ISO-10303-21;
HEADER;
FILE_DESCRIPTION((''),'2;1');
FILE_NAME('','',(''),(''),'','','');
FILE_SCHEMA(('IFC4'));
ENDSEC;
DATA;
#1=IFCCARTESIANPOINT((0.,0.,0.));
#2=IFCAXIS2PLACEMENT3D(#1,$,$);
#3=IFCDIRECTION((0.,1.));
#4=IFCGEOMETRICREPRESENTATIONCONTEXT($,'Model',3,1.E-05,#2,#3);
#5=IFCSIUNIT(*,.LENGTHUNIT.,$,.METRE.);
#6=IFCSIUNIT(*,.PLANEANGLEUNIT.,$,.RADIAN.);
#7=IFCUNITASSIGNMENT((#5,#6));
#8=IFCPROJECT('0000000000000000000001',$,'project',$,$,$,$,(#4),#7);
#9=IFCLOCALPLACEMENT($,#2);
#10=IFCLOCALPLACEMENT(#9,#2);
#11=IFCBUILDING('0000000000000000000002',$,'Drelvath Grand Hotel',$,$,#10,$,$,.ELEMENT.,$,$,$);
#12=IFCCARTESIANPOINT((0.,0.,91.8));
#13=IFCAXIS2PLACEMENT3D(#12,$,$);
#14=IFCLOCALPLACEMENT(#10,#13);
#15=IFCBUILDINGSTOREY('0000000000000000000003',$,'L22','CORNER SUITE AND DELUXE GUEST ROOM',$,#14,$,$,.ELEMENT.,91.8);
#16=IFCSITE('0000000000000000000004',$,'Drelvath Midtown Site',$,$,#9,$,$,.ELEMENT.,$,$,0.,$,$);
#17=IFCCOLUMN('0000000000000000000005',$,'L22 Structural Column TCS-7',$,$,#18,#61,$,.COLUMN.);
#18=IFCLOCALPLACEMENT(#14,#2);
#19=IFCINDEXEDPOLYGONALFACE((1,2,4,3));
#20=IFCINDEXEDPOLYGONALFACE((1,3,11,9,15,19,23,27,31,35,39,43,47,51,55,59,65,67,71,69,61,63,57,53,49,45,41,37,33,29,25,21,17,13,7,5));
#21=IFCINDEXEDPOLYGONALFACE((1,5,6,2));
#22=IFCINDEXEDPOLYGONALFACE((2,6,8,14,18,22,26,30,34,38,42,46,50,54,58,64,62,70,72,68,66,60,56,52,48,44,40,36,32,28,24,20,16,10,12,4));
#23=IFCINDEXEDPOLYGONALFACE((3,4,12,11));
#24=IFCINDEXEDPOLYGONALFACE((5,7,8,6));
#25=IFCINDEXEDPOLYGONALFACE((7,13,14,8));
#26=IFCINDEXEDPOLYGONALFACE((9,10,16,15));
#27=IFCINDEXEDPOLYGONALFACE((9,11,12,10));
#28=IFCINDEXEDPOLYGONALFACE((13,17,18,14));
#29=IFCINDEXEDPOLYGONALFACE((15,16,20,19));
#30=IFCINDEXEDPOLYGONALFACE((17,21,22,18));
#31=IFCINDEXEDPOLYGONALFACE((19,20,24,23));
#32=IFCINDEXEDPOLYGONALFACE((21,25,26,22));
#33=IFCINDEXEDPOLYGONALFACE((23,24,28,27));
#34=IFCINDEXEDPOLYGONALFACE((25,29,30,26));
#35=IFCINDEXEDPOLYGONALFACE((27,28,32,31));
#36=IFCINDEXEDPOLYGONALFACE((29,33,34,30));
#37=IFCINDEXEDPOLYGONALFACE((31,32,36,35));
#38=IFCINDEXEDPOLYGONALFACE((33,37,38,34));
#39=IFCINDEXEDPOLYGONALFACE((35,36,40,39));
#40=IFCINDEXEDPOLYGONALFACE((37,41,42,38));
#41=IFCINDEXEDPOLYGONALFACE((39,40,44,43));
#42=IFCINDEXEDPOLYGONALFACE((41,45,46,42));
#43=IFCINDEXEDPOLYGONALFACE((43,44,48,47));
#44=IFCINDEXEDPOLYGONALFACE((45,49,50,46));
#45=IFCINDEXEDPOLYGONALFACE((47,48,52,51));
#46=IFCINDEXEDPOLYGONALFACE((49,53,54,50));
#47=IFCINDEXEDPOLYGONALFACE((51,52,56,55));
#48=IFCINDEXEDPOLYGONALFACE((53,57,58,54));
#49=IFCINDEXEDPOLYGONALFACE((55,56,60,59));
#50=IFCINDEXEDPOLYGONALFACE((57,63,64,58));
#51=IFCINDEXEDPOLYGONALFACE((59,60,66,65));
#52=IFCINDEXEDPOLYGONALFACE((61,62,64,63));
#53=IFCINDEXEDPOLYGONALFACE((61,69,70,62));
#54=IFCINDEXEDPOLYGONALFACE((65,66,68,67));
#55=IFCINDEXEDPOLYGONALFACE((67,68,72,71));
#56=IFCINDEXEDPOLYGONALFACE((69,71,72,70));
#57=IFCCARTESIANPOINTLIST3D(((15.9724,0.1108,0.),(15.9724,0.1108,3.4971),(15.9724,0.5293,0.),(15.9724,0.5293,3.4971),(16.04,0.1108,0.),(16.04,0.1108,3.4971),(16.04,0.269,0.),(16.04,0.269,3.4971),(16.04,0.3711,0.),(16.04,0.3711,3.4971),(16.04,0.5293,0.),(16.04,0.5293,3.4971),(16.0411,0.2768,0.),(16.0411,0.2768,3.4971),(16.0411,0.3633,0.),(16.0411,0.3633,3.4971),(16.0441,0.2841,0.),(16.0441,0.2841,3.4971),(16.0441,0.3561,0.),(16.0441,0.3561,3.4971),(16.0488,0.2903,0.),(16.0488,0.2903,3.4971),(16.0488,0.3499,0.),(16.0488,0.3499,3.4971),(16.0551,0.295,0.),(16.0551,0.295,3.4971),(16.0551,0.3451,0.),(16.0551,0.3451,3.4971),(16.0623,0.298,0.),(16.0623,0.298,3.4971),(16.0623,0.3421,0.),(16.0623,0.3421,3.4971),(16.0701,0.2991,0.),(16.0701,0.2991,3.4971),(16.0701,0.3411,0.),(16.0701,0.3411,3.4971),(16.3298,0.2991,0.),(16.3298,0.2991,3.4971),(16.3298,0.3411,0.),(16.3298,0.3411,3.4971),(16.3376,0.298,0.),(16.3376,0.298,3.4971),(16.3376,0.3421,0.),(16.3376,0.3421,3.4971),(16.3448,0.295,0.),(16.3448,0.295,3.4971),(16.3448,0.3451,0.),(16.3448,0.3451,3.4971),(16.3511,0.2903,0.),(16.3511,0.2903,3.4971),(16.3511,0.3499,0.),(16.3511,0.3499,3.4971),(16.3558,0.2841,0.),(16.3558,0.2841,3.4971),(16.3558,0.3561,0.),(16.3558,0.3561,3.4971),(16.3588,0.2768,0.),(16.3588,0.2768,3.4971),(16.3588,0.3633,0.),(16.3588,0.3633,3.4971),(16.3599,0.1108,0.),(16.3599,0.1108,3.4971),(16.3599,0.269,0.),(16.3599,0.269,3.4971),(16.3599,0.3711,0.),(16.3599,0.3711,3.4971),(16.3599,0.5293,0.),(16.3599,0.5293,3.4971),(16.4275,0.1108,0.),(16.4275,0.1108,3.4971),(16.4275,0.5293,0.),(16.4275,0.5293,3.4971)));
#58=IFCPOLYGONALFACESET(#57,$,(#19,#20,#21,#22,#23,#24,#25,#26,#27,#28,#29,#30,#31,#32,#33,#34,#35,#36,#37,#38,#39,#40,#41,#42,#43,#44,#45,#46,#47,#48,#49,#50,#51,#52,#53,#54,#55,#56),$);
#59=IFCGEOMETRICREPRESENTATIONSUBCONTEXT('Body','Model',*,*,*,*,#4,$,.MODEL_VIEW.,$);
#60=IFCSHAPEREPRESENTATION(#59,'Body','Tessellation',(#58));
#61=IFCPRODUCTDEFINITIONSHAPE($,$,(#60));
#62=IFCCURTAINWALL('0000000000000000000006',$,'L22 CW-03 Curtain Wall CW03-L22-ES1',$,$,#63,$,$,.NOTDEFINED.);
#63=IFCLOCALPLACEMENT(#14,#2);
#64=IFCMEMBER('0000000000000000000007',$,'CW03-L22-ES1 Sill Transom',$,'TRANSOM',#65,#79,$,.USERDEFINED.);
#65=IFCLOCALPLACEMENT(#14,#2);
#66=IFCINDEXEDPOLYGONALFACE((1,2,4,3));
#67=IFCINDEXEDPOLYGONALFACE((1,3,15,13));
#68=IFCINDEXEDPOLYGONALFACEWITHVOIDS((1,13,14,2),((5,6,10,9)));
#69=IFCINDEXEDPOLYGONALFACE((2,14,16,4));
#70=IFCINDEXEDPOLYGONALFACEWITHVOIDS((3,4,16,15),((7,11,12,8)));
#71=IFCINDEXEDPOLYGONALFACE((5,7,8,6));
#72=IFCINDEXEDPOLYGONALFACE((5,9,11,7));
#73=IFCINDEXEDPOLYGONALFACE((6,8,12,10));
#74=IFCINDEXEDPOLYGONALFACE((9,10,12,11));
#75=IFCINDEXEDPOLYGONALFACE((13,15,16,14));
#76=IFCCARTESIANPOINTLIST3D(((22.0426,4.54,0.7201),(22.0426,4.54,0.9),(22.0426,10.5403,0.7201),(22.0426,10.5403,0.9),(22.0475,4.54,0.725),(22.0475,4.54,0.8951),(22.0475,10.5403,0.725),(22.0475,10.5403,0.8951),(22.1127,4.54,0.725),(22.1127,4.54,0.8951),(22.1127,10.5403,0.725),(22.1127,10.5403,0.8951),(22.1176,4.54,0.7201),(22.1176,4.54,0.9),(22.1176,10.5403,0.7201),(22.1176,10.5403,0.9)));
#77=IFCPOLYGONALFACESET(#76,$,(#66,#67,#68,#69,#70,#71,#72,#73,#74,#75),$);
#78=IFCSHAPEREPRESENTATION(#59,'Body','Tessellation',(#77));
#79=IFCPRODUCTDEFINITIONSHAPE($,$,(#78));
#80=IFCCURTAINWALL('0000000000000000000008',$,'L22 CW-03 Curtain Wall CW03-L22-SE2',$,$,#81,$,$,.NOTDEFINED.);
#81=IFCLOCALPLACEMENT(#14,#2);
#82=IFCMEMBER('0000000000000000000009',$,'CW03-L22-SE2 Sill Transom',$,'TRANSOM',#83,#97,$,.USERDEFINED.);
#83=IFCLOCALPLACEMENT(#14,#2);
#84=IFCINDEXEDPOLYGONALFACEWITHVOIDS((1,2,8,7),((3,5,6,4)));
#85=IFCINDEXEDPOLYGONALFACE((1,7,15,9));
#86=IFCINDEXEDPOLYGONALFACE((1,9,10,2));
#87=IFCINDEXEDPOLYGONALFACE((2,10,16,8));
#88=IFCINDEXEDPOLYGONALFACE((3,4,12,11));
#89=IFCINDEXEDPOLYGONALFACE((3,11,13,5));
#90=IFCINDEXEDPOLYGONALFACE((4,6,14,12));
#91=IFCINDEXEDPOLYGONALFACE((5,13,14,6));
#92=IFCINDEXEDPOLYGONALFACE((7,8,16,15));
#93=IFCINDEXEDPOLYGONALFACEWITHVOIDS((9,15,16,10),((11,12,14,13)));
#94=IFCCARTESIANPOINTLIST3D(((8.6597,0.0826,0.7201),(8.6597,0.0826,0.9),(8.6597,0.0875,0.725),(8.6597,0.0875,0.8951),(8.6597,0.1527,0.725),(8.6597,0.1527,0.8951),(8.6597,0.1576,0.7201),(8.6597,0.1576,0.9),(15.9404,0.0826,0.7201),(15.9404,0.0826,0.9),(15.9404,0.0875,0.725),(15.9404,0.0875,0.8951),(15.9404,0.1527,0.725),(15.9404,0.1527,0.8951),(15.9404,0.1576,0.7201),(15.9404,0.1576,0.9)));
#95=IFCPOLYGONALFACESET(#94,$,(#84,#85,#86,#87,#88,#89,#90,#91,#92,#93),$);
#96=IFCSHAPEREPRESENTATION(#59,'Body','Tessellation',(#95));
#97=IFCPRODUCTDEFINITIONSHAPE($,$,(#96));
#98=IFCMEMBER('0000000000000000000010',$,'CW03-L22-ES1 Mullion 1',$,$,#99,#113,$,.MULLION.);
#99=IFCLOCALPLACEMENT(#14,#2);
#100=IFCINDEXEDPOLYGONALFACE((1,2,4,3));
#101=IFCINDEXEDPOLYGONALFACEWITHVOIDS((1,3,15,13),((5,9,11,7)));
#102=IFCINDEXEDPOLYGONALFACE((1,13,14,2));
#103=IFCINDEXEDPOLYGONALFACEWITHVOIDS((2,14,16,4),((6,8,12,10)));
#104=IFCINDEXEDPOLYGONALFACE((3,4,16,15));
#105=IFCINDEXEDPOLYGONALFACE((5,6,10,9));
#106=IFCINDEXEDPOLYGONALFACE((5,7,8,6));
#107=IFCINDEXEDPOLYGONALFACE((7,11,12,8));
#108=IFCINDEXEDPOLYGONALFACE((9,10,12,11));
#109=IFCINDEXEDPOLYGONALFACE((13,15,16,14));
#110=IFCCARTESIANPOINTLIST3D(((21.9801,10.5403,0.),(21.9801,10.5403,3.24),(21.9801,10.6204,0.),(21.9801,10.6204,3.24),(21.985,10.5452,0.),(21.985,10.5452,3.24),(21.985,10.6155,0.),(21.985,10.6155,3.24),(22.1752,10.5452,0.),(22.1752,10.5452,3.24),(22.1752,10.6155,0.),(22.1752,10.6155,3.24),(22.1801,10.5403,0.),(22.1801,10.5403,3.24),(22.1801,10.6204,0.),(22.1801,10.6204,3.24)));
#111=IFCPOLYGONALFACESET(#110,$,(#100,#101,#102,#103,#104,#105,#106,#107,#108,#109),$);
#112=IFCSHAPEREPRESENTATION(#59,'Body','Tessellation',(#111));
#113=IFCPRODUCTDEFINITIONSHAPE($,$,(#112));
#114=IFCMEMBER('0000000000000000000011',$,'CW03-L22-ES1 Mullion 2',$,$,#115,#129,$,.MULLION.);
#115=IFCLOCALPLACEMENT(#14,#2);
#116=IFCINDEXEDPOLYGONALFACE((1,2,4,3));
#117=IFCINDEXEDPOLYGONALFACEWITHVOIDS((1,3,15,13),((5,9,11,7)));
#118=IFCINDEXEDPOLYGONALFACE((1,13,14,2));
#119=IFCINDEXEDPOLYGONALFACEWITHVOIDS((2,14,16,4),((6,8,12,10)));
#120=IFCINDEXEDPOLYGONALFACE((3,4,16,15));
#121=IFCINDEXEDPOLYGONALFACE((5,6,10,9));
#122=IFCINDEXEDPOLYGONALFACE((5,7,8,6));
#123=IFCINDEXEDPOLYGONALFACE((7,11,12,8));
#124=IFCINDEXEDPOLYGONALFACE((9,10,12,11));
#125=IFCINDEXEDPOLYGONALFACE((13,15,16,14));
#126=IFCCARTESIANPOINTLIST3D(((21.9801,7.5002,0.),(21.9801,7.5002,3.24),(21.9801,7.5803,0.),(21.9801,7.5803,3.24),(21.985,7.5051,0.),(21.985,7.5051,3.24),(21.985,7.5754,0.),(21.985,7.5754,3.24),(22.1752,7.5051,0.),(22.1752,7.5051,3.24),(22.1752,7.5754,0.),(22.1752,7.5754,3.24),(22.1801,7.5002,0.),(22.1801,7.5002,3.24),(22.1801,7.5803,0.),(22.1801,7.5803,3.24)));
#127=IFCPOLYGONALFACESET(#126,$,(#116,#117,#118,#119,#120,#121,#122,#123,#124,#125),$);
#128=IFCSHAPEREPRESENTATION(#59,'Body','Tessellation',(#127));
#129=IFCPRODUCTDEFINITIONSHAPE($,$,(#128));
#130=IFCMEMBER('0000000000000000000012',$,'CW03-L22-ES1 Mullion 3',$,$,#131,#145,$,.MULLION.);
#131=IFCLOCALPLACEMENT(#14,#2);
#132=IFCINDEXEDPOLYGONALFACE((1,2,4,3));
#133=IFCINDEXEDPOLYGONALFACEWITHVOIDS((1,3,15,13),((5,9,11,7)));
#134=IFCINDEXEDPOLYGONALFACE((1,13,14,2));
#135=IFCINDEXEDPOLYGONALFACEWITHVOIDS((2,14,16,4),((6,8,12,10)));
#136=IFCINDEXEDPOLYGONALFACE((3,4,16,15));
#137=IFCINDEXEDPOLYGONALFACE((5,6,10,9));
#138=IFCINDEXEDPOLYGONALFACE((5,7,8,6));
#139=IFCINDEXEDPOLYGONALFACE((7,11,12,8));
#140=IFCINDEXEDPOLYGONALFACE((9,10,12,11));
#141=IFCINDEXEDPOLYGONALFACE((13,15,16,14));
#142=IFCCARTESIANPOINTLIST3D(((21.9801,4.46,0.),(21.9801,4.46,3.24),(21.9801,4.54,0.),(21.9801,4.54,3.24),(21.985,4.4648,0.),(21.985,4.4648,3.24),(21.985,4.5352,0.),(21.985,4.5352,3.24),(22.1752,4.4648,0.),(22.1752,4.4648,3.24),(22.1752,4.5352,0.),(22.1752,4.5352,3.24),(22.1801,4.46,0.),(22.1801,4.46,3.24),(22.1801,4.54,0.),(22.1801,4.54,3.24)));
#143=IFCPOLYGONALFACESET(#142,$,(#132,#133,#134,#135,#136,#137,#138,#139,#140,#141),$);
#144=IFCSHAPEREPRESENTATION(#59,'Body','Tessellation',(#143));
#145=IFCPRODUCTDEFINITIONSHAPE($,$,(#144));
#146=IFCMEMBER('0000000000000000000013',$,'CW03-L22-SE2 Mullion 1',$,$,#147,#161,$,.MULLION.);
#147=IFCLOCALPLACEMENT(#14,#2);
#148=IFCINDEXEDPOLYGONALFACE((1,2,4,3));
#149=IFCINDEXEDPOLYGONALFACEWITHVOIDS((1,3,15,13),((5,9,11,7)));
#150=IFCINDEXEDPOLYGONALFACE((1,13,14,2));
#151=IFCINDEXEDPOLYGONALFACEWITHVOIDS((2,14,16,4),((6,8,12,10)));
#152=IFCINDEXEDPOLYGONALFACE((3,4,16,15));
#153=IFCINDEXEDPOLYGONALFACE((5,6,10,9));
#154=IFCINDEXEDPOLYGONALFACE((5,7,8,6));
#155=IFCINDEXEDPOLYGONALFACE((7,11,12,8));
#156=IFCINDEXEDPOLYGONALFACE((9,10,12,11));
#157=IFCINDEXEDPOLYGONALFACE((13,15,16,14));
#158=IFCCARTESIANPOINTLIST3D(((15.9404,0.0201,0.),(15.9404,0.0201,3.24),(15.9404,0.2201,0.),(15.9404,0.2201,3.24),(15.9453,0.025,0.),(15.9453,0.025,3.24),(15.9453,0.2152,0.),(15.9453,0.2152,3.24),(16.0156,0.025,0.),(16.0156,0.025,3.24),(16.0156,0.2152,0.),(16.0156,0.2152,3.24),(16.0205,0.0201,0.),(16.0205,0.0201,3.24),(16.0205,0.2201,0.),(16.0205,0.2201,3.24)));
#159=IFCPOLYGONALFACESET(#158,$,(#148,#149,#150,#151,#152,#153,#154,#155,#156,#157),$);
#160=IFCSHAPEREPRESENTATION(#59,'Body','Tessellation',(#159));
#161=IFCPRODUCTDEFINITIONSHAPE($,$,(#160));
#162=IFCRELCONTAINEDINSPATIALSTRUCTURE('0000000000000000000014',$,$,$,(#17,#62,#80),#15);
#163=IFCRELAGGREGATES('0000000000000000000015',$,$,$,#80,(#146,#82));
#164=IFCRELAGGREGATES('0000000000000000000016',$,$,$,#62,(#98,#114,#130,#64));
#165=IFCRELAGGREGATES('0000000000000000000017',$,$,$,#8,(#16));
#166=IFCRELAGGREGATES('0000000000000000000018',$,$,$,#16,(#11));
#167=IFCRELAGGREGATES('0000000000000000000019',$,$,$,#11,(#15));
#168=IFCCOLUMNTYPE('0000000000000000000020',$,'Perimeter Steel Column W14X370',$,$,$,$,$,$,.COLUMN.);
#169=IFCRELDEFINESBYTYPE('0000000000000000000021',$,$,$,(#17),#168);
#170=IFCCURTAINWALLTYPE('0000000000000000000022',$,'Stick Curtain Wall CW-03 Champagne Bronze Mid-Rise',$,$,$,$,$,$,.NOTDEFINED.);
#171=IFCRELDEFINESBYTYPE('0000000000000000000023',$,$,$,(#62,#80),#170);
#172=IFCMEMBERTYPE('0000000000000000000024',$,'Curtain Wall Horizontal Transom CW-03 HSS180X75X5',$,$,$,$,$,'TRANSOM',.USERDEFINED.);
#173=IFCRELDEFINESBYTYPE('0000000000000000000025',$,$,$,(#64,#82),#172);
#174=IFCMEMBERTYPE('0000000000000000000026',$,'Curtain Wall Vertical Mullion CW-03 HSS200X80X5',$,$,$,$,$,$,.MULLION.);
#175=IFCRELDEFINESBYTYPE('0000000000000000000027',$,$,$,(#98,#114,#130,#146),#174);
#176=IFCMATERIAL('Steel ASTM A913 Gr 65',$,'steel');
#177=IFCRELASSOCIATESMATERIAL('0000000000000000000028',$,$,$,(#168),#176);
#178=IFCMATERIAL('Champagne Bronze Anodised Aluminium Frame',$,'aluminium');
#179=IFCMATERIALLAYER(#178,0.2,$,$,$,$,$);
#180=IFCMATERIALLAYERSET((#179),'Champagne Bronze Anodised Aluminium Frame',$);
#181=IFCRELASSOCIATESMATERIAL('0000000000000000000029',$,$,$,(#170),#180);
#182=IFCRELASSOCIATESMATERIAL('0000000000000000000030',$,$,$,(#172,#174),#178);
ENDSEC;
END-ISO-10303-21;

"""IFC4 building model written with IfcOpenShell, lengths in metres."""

from ifc_helpers import new_model, si_unit, direction, frame, origin, origin_2d, place, context, subcontext, project, spatial, hollow_rectangle, i_section, extrude, material, layer, layer_set, material_profile, profile_set, type_object, element, aggregate, save


model = new_model("IFC4")

# Units and contexts
model_context = context("Model", 3, precision=1e-05, world=origin(), true_north=direction((0.0, 1.0)))
body_context = subcontext(model_context, "Body", "Model", "MODEL_VIEW")
ifc_project = project(units=[si_unit("LENGTHUNIT", "METRE"), si_unit("PLANEANGLEUNIT", "RADIAN")], contexts=[model_context])

# Site, building, storey
site_placement = place(None, origin())
site = spatial("IfcSite", under=ifc_project, at=site_placement, Name="Drelvath Midtown Site", CompositionType="ELEMENT", RefElevation=0.0)
building_placement = place(site_placement, origin())
building = spatial("IfcBuilding", under=site, at=building_placement, Name="Drelvath Grand Hotel", CompositionType="ELEMENT")
storey_placement = place(building_placement, frame((0.0, 0.0, 91.8)))
storey = spatial("IfcBuildingStorey", under=building, at=storey_placement, Name="L22", Description="CORNER SUITE AND DELUXE GUEST ROOM", CompositionType="ELEMENT", Elevation=91.8)

# Column
ifc_material_1 = material(Name="Steel ASTM A913 Gr 65", Category="steel")
ifc_material_profile_1 = material_profile(ifc_material_1, i_section(OverallWidth=0.4185, OverallDepth=0.4551, WebThickness=0.042, FlangeThickness=0.0676, FilletRadius=0.03, at=origin_2d()), Name="W14X370")
ifc_profile_set_1 = profile_set([ifc_material_profile_1], Name="Steel ASTM A913 Gr 65")
column_type = type_object("IfcColumnType", Name="Perimeter Steel Column W14X370", PredefinedType="COLUMN", material=ifc_profile_set_1)
column_placement = place(storey_placement, frame((16.2, 0.3201, 0.0), z_axis=(0.0, 0.0, 1.0), x_axis=(0.0, 1.0, 0.0)))
element("IfcColumn", 1, at=column_placement, inside=storey, type_object=column_type, Name="L22 Structural Column TCS-7", PredefinedType="COLUMN", context=body_context, shape_type="SweptSolid", body=[
    extrude(i_section(OverallWidth=0.4185, OverallDepth=0.4551, WebThickness=0.042, FlangeThickness=0.0676, FilletRadius=0.03, at=origin_2d()), origin(), (0.0, 0.0, 1.0), 3.4971),
])

# Curtain walls, members
ifc_material_2 = material(Name="Champagne Bronze Anodised Aluminium Frame", Category="aluminium")
ifc_layer_1 = layer(ifc_material_2, 0.2)
ifc_layer_set_1 = layer_set([ifc_layer_1], Name="Champagne Bronze Anodised Aluminium Frame")
curtain_wall_type = type_object("IfcCurtainWallType", Name="Stick Curtain Wall CW-03 Champagne Bronze Mid-Rise", PredefinedType="NOTDEFINED", material=ifc_layer_set_1)
curtain_wall_1_placement = place(storey_placement, origin())
curtain_wall_1 = element("IfcCurtainWall", 2, at=curtain_wall_1_placement, inside=storey, type_object=curtain_wall_type, Name="L22 CW-03 Curtain Wall CW03-L22-ES1", PredefinedType="NOTDEFINED")
ifc_material_profile_2 = material_profile(ifc_material_2, hollow_rectangle(XDim=0.075, YDim=0.1799, WallThickness=0.0049, at=origin_2d()), Name="HSS180X75X5")
ifc_profile_set_2 = profile_set([ifc_material_profile_2], Name="Champagne Bronze Anodised Aluminium Frame")
member_type_1 = type_object("IfcMemberType", Name="Curtain Wall Horizontal Transom CW-03 HSS180X75X5", ElementType="TRANSOM", PredefinedType="USERDEFINED", material=ifc_profile_set_2)
member_1_placement = place(storey_placement, frame((22.0801, 10.5403, 0.8101), z_axis=(0.0, -1.0, 0.0), x_axis=(1.0, 0.0, 0.0)))
member_1 = element("IfcMember", 3, at=member_1_placement, type_object=member_type_1, Name="CW03-L22-ES1 Sill Transom", ObjectType="TRANSOM", PredefinedType="USERDEFINED", context=body_context, shape_type="SweptSolid", body=[
    extrude(hollow_rectangle(XDim=0.075, YDim=0.1799, WallThickness=0.0049, at=origin_2d()), origin(), (0.0, 0.0, 1.0), 6.0002),
])
curtain_wall_2_placement = place(storey_placement, origin())
curtain_wall_2 = element("IfcCurtainWall", 4, at=curtain_wall_2_placement, inside=storey, type_object=curtain_wall_type, Name="L22 CW-03 Curtain Wall CW03-L22-SE2", PredefinedType="NOTDEFINED")
member_2_placement = place(storey_placement, frame((15.9404, 0.1201, 0.8101), z_axis=(-1.0, 0.0, 0.0), x_axis=(0.0, -1.0, 0.0)))
member_2 = element("IfcMember", 5, at=member_2_placement, type_object=member_type_1, Name="CW03-L22-SE2 Sill Transom", ObjectType="TRANSOM", PredefinedType="USERDEFINED", context=body_context, shape_type="SweptSolid", body=[
    extrude(hollow_rectangle(XDim=0.075, YDim=0.1799, WallThickness=0.0049, at=origin_2d()), origin(), (0.0, 0.0, 1.0), 7.2808),
])

# Members
ifc_material_profile_3 = material_profile(ifc_material_2, hollow_rectangle(XDim=0.0801, YDim=0.2, WallThickness=0.0049, at=origin_2d()), Name="HSS200X80X5")
ifc_profile_set_3 = profile_set([ifc_material_profile_3], Name="Champagne Bronze Anodised Aluminium Frame")
member_type_2 = type_object("IfcMemberType", Name="Curtain Wall Vertical Mullion CW-03 HSS200X80X5", PredefinedType="MULLION", material=ifc_profile_set_3)
member_3_placement = place(storey_placement, frame((22.0801, 10.5803, 0.0), z_axis=(0.0, 0.0, 1.0), x_axis=(0.0, 1.0, 0.0)))
member_3 = element("IfcMember", 6, at=member_3_placement, type_object=member_type_2, Name="CW03-L22-ES1 Mullion 1", PredefinedType="MULLION", context=body_context, shape_type="SweptSolid", body=[
    extrude(hollow_rectangle(XDim=0.0801, YDim=0.2, WallThickness=0.0049, at=origin_2d()), origin(), (0.0, 0.0, 1.0), 3.24),
])
member_4_placement = place(storey_placement, frame((22.0801, 7.5403, 0.0), z_axis=(0.0, 0.0, 1.0), x_axis=(0.0, 1.0, 0.0)))
member_4 = element("IfcMember", 7, at=member_4_placement, type_object=member_type_2, Name="CW03-L22-ES1 Mullion 2", PredefinedType="MULLION", context=body_context, shape_type="SweptSolid", body=[
    extrude(hollow_rectangle(XDim=0.0801, YDim=0.2, WallThickness=0.0049, at=origin_2d()), origin(), (0.0, 0.0, 1.0), 3.24),
])
member_5_placement = place(storey_placement, frame((22.0801, 4.5, 0.0), z_axis=(0.0, 0.0, 1.0), x_axis=(0.0, 1.0, 0.0)))
member_5 = element("IfcMember", 8, at=member_5_placement, type_object=member_type_2, Name="CW03-L22-ES1 Mullion 3", PredefinedType="MULLION", context=body_context, shape_type="SweptSolid", body=[
    extrude(hollow_rectangle(XDim=0.0801, YDim=0.2, WallThickness=0.0049, at=origin_2d()), origin(), (0.0, 0.0, 1.0), 3.24),
])
member_6_placement = place(storey_placement, frame((15.9805, 0.1201, 0.0), z_axis=(0.0, 0.0, 1.0), x_axis=(1.0, 0.0, 0.0)))
member_6 = element("IfcMember", 9, at=member_6_placement, type_object=member_type_2, Name="CW03-L22-SE2 Mullion 1", PredefinedType="MULLION", context=body_context, shape_type="SweptSolid", body=[
    extrude(hollow_rectangle(XDim=0.0801, YDim=0.2, WallThickness=0.0049, at=origin_2d()), origin(), (0.0, 0.0, 1.0), 3.24),
])
aggregate(curtain_wall_2, [member_6, member_2])

aggregate(curtain_wall_1, [member_3, member_4, member_5, member_1])

save(model, "model.ifc")
